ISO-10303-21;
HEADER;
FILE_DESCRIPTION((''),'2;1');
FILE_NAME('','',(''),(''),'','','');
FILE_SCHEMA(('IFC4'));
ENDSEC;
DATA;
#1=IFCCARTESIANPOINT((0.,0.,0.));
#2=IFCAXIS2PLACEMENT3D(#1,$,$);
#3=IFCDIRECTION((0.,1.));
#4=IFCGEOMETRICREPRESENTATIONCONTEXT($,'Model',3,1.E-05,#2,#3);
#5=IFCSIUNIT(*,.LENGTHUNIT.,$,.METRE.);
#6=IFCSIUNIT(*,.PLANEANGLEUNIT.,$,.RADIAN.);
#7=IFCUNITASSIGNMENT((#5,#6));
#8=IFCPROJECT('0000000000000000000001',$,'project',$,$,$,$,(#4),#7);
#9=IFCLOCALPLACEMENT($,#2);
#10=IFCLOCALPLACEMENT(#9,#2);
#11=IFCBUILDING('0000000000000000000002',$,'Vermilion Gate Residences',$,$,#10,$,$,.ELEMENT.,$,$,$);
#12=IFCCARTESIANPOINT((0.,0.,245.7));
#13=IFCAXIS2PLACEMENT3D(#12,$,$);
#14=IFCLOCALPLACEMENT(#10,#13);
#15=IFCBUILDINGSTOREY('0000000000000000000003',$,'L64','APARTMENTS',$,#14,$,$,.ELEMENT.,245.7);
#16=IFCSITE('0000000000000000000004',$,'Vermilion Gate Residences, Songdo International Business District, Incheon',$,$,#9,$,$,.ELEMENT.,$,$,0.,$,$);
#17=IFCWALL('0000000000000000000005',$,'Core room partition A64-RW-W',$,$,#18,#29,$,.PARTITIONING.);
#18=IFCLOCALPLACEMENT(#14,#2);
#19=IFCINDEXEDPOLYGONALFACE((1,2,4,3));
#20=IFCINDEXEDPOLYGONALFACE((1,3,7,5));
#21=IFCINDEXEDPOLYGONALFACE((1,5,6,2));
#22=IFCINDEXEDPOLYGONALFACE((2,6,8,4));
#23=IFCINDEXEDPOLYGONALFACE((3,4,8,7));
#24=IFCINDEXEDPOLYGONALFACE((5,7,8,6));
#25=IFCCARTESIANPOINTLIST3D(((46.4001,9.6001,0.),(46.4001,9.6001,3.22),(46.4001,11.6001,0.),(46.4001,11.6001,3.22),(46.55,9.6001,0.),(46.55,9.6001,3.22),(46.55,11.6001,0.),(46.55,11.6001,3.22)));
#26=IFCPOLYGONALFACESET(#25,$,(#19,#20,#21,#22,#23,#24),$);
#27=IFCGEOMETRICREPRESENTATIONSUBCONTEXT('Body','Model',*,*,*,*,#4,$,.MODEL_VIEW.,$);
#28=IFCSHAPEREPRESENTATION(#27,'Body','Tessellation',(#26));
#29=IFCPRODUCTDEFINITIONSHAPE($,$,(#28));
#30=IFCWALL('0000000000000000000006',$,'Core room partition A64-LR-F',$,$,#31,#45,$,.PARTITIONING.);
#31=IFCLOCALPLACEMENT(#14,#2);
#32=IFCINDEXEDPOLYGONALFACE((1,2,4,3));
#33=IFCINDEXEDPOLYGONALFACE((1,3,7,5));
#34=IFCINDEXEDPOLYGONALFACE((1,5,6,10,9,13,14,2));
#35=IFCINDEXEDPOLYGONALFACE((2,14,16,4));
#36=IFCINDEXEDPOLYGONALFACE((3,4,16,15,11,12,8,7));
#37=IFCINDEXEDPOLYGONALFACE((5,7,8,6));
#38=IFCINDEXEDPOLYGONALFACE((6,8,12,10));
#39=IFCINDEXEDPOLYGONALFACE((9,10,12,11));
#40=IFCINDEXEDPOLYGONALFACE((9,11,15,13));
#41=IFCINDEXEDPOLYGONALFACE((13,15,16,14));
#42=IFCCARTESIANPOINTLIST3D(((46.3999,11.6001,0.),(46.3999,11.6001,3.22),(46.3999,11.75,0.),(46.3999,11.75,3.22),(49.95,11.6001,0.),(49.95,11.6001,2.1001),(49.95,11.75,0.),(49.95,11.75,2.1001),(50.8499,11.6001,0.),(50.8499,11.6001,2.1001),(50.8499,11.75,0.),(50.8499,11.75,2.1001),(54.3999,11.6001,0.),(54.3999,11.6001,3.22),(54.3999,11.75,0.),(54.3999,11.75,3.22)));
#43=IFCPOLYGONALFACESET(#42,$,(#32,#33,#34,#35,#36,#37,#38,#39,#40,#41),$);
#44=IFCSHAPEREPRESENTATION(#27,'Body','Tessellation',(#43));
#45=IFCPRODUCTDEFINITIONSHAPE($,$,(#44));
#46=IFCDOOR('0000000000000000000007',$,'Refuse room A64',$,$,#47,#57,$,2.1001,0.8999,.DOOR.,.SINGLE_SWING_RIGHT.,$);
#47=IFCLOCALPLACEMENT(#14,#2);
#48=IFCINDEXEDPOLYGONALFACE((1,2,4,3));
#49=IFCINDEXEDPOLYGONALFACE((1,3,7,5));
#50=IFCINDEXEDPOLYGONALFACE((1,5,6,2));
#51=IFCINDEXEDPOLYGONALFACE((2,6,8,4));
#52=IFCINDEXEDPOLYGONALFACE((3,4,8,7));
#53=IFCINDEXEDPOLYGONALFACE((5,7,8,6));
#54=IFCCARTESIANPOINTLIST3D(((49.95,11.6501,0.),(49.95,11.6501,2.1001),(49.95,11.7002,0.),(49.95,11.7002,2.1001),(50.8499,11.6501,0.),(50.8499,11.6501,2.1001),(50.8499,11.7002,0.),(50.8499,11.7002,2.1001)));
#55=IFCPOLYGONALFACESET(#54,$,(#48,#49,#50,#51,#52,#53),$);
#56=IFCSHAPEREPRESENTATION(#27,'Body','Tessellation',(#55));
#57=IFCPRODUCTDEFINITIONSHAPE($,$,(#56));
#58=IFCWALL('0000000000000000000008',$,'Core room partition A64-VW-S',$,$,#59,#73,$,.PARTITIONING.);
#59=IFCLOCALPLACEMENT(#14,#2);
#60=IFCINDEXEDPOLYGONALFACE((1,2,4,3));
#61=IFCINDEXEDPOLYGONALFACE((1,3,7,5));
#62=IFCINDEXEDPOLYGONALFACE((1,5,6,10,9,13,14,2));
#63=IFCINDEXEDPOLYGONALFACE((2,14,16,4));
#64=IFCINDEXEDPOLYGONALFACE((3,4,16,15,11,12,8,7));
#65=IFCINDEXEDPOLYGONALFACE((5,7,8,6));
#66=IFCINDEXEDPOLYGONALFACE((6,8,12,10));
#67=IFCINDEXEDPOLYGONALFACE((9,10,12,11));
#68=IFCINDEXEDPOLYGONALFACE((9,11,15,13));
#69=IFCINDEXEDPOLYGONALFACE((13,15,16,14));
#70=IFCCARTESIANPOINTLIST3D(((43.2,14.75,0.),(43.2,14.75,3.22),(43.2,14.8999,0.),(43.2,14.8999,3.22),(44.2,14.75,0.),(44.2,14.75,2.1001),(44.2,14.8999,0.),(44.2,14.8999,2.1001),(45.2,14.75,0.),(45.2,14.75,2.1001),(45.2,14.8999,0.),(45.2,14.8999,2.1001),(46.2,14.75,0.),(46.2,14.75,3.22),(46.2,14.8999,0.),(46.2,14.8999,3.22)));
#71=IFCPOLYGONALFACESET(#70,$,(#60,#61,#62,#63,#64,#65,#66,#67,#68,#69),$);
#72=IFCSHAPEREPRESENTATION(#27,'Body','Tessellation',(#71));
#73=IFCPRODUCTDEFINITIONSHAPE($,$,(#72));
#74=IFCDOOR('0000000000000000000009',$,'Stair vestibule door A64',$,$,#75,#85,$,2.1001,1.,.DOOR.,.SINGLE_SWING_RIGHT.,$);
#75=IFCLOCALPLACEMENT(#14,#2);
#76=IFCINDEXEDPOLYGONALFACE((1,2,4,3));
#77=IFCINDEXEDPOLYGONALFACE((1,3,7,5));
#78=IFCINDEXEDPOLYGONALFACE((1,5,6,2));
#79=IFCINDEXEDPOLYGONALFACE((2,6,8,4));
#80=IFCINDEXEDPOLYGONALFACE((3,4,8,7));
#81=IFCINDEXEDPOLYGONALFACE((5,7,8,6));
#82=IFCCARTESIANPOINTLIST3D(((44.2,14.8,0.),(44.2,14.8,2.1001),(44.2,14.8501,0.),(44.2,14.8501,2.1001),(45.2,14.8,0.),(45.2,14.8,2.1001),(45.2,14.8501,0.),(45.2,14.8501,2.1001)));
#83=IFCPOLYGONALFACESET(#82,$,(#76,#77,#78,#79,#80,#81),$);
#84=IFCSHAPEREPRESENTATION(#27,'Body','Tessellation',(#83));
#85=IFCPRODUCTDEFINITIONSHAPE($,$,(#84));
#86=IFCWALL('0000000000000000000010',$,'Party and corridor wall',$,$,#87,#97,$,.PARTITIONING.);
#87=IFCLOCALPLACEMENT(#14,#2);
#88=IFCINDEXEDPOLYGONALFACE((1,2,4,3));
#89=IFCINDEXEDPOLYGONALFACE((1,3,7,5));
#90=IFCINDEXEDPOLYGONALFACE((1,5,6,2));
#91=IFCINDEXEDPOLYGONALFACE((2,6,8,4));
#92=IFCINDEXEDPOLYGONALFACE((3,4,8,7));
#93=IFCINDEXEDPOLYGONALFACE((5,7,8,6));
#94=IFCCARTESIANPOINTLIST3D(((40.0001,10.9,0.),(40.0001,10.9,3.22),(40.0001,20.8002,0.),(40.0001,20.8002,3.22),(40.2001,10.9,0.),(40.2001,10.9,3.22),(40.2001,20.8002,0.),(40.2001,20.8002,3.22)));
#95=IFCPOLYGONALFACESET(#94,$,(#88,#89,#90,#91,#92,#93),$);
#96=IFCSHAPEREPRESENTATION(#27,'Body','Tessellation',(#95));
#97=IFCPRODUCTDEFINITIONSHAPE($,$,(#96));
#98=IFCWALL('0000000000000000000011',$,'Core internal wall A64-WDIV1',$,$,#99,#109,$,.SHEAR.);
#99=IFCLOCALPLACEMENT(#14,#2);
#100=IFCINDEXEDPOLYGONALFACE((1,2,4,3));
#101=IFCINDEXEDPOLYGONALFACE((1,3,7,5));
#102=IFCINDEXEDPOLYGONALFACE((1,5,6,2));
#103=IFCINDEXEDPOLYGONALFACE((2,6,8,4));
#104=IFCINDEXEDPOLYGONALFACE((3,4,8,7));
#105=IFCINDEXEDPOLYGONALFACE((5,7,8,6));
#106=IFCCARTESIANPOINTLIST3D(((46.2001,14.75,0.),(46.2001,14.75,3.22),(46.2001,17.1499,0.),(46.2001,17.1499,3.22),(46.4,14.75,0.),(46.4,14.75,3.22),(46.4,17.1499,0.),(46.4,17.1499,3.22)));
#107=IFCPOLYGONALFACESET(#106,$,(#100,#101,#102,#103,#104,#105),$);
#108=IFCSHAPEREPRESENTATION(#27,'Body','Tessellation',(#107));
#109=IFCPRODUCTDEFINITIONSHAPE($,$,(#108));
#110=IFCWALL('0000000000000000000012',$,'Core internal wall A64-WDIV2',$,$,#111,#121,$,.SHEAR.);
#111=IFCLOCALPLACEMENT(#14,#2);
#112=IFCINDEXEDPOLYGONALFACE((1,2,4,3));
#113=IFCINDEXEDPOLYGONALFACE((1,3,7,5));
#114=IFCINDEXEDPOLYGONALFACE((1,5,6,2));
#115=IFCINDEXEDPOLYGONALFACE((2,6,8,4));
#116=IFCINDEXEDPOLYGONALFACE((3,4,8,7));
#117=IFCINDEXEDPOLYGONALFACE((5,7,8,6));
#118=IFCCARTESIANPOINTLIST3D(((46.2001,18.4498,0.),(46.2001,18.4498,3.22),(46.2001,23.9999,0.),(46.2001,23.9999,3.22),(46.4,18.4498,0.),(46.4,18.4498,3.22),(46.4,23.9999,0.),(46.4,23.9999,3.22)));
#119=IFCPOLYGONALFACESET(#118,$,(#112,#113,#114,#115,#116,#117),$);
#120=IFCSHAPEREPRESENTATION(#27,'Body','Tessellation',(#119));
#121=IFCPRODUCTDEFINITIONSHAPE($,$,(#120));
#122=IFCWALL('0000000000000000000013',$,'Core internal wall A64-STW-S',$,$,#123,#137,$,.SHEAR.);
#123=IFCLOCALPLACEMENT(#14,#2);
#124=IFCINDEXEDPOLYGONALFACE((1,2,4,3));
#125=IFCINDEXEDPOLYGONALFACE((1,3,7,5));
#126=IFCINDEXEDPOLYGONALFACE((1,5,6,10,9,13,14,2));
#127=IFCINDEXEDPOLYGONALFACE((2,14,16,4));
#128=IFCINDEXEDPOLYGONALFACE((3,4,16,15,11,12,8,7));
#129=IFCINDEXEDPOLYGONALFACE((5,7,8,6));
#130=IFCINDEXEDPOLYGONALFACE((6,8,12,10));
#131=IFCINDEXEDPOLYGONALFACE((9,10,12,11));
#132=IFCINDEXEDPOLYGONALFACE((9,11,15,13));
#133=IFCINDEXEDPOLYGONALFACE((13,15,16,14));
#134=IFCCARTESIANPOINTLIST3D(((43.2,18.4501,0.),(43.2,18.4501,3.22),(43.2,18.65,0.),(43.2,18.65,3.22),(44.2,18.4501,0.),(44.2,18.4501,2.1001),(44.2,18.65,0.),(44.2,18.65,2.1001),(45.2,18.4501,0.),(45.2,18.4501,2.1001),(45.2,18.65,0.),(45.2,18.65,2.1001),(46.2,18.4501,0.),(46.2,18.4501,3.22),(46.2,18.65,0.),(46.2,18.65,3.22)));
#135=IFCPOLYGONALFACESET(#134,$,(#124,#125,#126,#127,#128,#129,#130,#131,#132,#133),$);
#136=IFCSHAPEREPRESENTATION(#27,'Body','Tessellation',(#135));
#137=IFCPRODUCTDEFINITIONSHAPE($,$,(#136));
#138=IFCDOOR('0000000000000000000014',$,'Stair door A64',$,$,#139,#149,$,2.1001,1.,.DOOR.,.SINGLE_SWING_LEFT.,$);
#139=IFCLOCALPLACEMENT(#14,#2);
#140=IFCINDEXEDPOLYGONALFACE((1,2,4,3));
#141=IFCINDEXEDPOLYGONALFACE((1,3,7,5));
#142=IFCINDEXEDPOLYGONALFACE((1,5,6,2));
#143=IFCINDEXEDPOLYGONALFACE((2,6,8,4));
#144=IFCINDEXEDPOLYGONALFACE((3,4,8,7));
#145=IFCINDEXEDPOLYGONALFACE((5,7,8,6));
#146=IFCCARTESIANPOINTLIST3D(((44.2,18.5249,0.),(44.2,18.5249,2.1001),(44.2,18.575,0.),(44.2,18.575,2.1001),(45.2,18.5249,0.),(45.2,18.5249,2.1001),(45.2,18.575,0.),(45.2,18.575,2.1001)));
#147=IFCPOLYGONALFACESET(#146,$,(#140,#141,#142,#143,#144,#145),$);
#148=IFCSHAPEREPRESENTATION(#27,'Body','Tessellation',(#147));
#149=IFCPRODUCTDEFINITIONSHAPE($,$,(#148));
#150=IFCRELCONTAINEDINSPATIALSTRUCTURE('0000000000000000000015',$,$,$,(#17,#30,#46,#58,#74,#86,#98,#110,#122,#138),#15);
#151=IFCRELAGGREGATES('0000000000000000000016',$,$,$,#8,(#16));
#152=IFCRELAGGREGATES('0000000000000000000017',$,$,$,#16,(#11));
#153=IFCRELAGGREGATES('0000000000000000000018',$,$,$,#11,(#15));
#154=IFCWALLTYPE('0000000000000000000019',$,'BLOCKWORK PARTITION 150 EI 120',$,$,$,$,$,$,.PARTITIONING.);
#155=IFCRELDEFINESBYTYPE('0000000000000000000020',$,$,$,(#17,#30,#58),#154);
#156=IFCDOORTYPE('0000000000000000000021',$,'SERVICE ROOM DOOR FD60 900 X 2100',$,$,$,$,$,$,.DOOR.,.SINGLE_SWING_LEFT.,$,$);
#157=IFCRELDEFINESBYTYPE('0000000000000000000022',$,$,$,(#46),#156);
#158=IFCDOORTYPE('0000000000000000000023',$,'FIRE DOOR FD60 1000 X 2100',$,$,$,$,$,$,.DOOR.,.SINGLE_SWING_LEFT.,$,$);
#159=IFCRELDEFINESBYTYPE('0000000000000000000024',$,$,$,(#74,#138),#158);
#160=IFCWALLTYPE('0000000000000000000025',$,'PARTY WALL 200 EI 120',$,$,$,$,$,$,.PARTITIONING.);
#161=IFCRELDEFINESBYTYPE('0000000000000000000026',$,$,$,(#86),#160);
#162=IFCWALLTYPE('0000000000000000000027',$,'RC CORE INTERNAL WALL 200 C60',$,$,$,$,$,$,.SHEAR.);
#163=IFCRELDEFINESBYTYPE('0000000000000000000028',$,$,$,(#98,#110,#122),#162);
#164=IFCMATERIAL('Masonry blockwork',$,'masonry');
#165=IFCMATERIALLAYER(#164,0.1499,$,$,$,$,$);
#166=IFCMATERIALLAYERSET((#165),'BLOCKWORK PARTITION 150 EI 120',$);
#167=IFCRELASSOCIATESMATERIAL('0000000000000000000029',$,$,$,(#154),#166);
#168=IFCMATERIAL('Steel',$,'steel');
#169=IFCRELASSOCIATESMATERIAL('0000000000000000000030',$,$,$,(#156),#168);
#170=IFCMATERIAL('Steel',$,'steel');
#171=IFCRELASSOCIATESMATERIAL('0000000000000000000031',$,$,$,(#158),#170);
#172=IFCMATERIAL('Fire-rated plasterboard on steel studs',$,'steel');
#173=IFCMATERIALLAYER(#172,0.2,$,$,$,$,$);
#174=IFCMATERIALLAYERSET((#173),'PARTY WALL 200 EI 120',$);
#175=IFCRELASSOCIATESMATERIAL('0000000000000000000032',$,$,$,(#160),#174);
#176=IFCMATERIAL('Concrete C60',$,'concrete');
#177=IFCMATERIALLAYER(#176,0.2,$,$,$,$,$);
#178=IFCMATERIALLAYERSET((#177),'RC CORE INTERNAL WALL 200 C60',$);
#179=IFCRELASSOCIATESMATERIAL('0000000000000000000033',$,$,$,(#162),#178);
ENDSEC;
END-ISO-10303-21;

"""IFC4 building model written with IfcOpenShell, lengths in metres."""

from ifc_helpers import new_model, si_unit, direction, frame, frame_2d, origin, place, context, subcontext, project, spatial, rectangle, extrude, material, layer, layer_set, type_object, element, fill, save


model = new_model("IFC4")

# Units and contexts
model_context = context("Model", 3, precision=1e-05, world=origin(), true_north=direction((0.0, 1.0)))
body_context = subcontext(model_context, "Body", "Model", "MODEL_VIEW")
ifc_project = project(units=[si_unit("LENGTHUNIT", "METRE"), si_unit("PLANEANGLEUNIT", "RADIAN")], contexts=[model_context])

# Site, building, storey
site_placement = place(None, origin())
site = spatial("IfcSite", under=ifc_project, at=site_placement, Name="Vermilion Gate Residences, Songdo International Business District, Incheon", CompositionType="ELEMENT", RefElevation=0.0)
building_placement = place(site_placement, origin())
building = spatial("IfcBuilding", under=site, at=building_placement, Name="Vermilion Gate Residences", CompositionType="ELEMENT")
storey_placement = place(building_placement, frame((0.0, 0.0, 245.7)))
storey = spatial("IfcBuildingStorey", under=building, at=storey_placement, Name="L64", Description="APARTMENTS", CompositionType="ELEMENT", Elevation=245.7)

# Wall
ifc_material_1 = material(Name="Masonry blockwork", Category="masonry")
ifc_layer_1 = layer(ifc_material_1, 0.1499)
ifc_layer_set_1 = layer_set([ifc_layer_1], Name="BLOCKWORK PARTITION 150 EI 120")
wall_type_1 = type_object("IfcWallType", Name="BLOCKWORK PARTITION 150 EI 120", PredefinedType="PARTITIONING", material=ifc_layer_set_1)
wall_1_placement = place(storey_placement, frame((46.4751, 9.6001, 0.0), z_axis=(0.0, 0.0, 1.0), x_axis=(0.0, 1.0, 0.0)))
element("IfcWall", 1, at=wall_1_placement, inside=storey, type_object=wall_type_1, Name="Core room partition A64-RW-W", PredefinedType="PARTITIONING", context=body_context, shape_type="SweptSolid", body=[
    extrude(rectangle(XDim=2.0, YDim=0.1499, at=frame_2d((1.0, 0.0))), origin(), (0.0, 0.0, 1.0), 3.22),
])

# Walls, openings, doors
wall_2_placement = place(storey_placement, frame((46.3999, 11.675, 0.0), z_axis=(0.0, 0.0, 1.0), x_axis=(1.0, 0.0, 0.0)))
wall_2 = element("IfcWall", 2, at=wall_2_placement, inside=storey, type_object=wall_type_1, Name="Core room partition A64-LR-F", PredefinedType="PARTITIONING", context=body_context, shape_type="SweptSolid", body=[
    extrude(rectangle(XDim=8.0, YDim=0.1499, at=frame_2d((4.0, 0.0))), origin(), (0.0, 0.0, 1.0), 3.22),
])
opening_1_placement = place(wall_2_placement, frame((3.55, 0.0, 0.0)))
opening_1 = element("IfcOpeningElement", 3, at=opening_1_placement, cuts=wall_2, PredefinedType="OPENING", context=body_context, shape_type="SweptSolid", body=[
    extrude(rectangle(XDim=0.8999, YDim=2.1001, at=frame_2d((0.45, 1.05))), frame((0.0, 0.085, 0.0), z_axis=(0.0, -1.0, 0.0), x_axis=(1.0, 0.0, 0.0)), (0.0, 0.0, 1.0), 0.1699),
])
ifc_material_2 = material(Name="Steel", Category="steel")
door_type_1 = type_object("IfcDoorType", Name="SERVICE ROOM DOOR FD60 900 X 2100", OperationType="SINGLE_SWING_LEFT", PredefinedType="DOOR", material=ifc_material_2)
door_1_placement = place(opening_1_placement, frame((0.8999, 0.0, 0.0), z_axis=(0.0, 0.0, 1.0), x_axis=(-1.0, 0.0, 0.0)))
door_1 = element("IfcDoor", 4, at=door_1_placement, inside=storey, type_object=door_type_1, Name="Refuse room A64", OperationType="SINGLE_SWING_RIGHT", OverallHeight=2.1001, OverallWidth=0.8999, PredefinedType="DOOR", context=body_context, shape_type="SweptSolid", body=[
    extrude(rectangle(XDim=0.8999, YDim=2.1001, at=frame_2d((0.45, 1.05))), frame((0.0, 0.0249, 0.0), z_axis=(0.0, -1.0, 0.0), x_axis=(1.0, 0.0, 0.0)), (0.0, 0.0, 1.0), 0.05),
])
fill(opening_1, door_1)
wall_3_placement = place(storey_placement, frame((43.2, 14.825, 0.0), z_axis=(0.0, 0.0, 1.0), x_axis=(1.0, 0.0, 0.0)))
wall_3 = element("IfcWall", 5, at=wall_3_placement, inside=storey, type_object=wall_type_1, Name="Core room partition A64-VW-S", PredefinedType="PARTITIONING", context=body_context, shape_type="SweptSolid", body=[
    extrude(rectangle(XDim=3.0, YDim=0.1499, at=frame_2d((1.5, 0.0))), origin(), (0.0, 0.0, 1.0), 3.22),
])
opening_2_placement = place(wall_3_placement, frame((1.0, 0.0, 0.0)))
opening_2 = element("IfcOpeningElement", 6, at=opening_2_placement, cuts=wall_3, PredefinedType="OPENING", context=body_context, shape_type="SweptSolid", body=[
    extrude(rectangle(XDim=1.0, YDim=2.1001, at=frame_2d((0.5, 1.05))), frame((0.0, 0.085, 0.0), z_axis=(0.0, -1.0, 0.0), x_axis=(1.0, 0.0, 0.0)), (0.0, 0.0, 1.0), 0.1699),
])
ifc_material_3 = material(Name="Steel", Category="steel")
door_type_2 = type_object("IfcDoorType", Name="FIRE DOOR FD60 1000 X 2100", OperationType="SINGLE_SWING_LEFT", PredefinedType="DOOR", material=ifc_material_3)
door_2_placement = place(opening_2_placement, frame((1.0, 0.0, 0.0), z_axis=(0.0, 0.0, 1.0), x_axis=(-1.0, 0.0, 0.0)))
door_2 = element("IfcDoor", 7, at=door_2_placement, inside=storey, type_object=door_type_2, Name="Stair vestibule door A64", OperationType="SINGLE_SWING_RIGHT", OverallHeight=2.1001, OverallWidth=1.0, PredefinedType="DOOR", context=body_context, shape_type="SweptSolid", body=[
    extrude(rectangle(XDim=1.0, YDim=2.1001, at=frame_2d((0.5, 1.05))), frame((0.0, 0.0249, 0.0), z_axis=(0.0, -1.0, 0.0), x_axis=(1.0, 0.0, 0.0)), (0.0, 0.0, 1.0), 0.05),
])
fill(opening_2, door_2)

# Walls
ifc_material_4 = material(Name="Fire-rated plasterboard on steel studs", Category="steel")
ifc_layer_2 = layer(ifc_material_4, 0.2)
ifc_layer_set_2 = layer_set([ifc_layer_2], Name="PARTY WALL 200 EI 120")
wall_type_2 = type_object("IfcWallType", Name="PARTY WALL 200 EI 120", PredefinedType="PARTITIONING", material=ifc_layer_set_2)
wall_4_placement = place(storey_placement, frame((40.1001, 10.8999, 0.0), z_axis=(0.0, 0.0, 1.0), x_axis=(0.0, 1.0, 0.0)))
element("IfcWall", 8, at=wall_4_placement, inside=storey, type_object=wall_type_2, Name="Party and corridor wall", PredefinedType="PARTITIONING", context=body_context, shape_type="SweptSolid", body=[
    extrude(rectangle(XDim=9.9001, YDim=0.2, at=frame_2d((4.9502, 0.0))), origin(), (0.0, 0.0, 1.0), 3.22),
])
ifc_material_5 = material(Name="Concrete C60", Category="concrete")
ifc_layer_3 = layer(ifc_material_5, 0.2)
ifc_layer_set_3 = layer_set([ifc_layer_3], Name="RC CORE INTERNAL WALL 200 C60")
wall_type_3 = type_object("IfcWallType", Name="RC CORE INTERNAL WALL 200 C60", PredefinedType="SHEAR", material=ifc_layer_set_3)
wall_5_placement = place(storey_placement, frame((46.3, 14.75, 0.0), z_axis=(0.0, 0.0, 1.0), x_axis=(0.0, 1.0, 0.0)))
element("IfcWall", 9, at=wall_5_placement, inside=storey, type_object=wall_type_3, Name="Core internal wall A64-WDIV1", PredefinedType="SHEAR", context=body_context, shape_type="SweptSolid", body=[
    extrude(rectangle(XDim=2.3999, YDim=0.2, at=frame_2d((1.2, 0.0))), origin(), (0.0, 0.0, 1.0), 3.22),
])
wall_6_placement = place(storey_placement, frame((46.3, 18.45, 0.0), z_axis=(0.0, 0.0, 1.0), x_axis=(0.0, 1.0, 0.0)))
element("IfcWall", 10, at=wall_6_placement, inside=storey, type_object=wall_type_3, Name="Core internal wall A64-WDIV2", PredefinedType="SHEAR", context=body_context, shape_type="SweptSolid", body=[
    extrude(rectangle(XDim=5.55, YDim=0.2, at=frame_2d((2.7749, 0.0))), origin(), (0.0, 0.0, 1.0), 3.22),
])

# Wall, opening, door
wall_7_placement = place(storey_placement, frame((43.2, 18.55, 0.0), z_axis=(0.0, 0.0, 1.0), x_axis=(1.0, 0.0, 0.0)))
wall_7 = element("IfcWall", 11, at=wall_7_placement, inside=storey, type_object=wall_type_3, Name="Core internal wall A64-STW-S", PredefinedType="SHEAR", context=body_context, shape_type="SweptSolid", body=[
    extrude(rectangle(XDim=3.0, YDim=0.2, at=frame_2d((1.5, 0.0))), origin(), (0.0, 0.0, 1.0), 3.22),
])
opening_3_placement = place(wall_7_placement, frame((1.0, 0.0, 0.0)))
opening_3 = element("IfcOpeningElement", 12, at=opening_3_placement, cuts=wall_7, PredefinedType="OPENING", context=body_context, shape_type="SweptSolid", body=[
    extrude(rectangle(XDim=1.0, YDim=2.1001, at=frame_2d((0.5, 1.05))), frame((0.0, 0.1099, 0.0), z_axis=(0.0, -1.0, 0.0), x_axis=(1.0, 0.0, 0.0)), (0.0, 0.0, 1.0), 0.22),
])
door_3_placement = place(opening_3_placement, origin())
door_3 = element("IfcDoor", 13, at=door_3_placement, inside=storey, type_object=door_type_2, Name="Stair door A64", OperationType="SINGLE_SWING_LEFT", OverallHeight=2.1001, OverallWidth=1.0, PredefinedType="DOOR", context=body_context, shape_type="SweptSolid", body=[
    extrude(rectangle(XDim=1.0, YDim=2.1001, at=frame_2d((0.5, 1.05))), frame((0.0, 0.0249, 0.0), z_axis=(0.0, -1.0, 0.0), x_axis=(1.0, 0.0, 0.0)), (0.0, 0.0, 1.0), 0.05),
])
fill(opening_3, door_3)

save(model, "model.ifc")
